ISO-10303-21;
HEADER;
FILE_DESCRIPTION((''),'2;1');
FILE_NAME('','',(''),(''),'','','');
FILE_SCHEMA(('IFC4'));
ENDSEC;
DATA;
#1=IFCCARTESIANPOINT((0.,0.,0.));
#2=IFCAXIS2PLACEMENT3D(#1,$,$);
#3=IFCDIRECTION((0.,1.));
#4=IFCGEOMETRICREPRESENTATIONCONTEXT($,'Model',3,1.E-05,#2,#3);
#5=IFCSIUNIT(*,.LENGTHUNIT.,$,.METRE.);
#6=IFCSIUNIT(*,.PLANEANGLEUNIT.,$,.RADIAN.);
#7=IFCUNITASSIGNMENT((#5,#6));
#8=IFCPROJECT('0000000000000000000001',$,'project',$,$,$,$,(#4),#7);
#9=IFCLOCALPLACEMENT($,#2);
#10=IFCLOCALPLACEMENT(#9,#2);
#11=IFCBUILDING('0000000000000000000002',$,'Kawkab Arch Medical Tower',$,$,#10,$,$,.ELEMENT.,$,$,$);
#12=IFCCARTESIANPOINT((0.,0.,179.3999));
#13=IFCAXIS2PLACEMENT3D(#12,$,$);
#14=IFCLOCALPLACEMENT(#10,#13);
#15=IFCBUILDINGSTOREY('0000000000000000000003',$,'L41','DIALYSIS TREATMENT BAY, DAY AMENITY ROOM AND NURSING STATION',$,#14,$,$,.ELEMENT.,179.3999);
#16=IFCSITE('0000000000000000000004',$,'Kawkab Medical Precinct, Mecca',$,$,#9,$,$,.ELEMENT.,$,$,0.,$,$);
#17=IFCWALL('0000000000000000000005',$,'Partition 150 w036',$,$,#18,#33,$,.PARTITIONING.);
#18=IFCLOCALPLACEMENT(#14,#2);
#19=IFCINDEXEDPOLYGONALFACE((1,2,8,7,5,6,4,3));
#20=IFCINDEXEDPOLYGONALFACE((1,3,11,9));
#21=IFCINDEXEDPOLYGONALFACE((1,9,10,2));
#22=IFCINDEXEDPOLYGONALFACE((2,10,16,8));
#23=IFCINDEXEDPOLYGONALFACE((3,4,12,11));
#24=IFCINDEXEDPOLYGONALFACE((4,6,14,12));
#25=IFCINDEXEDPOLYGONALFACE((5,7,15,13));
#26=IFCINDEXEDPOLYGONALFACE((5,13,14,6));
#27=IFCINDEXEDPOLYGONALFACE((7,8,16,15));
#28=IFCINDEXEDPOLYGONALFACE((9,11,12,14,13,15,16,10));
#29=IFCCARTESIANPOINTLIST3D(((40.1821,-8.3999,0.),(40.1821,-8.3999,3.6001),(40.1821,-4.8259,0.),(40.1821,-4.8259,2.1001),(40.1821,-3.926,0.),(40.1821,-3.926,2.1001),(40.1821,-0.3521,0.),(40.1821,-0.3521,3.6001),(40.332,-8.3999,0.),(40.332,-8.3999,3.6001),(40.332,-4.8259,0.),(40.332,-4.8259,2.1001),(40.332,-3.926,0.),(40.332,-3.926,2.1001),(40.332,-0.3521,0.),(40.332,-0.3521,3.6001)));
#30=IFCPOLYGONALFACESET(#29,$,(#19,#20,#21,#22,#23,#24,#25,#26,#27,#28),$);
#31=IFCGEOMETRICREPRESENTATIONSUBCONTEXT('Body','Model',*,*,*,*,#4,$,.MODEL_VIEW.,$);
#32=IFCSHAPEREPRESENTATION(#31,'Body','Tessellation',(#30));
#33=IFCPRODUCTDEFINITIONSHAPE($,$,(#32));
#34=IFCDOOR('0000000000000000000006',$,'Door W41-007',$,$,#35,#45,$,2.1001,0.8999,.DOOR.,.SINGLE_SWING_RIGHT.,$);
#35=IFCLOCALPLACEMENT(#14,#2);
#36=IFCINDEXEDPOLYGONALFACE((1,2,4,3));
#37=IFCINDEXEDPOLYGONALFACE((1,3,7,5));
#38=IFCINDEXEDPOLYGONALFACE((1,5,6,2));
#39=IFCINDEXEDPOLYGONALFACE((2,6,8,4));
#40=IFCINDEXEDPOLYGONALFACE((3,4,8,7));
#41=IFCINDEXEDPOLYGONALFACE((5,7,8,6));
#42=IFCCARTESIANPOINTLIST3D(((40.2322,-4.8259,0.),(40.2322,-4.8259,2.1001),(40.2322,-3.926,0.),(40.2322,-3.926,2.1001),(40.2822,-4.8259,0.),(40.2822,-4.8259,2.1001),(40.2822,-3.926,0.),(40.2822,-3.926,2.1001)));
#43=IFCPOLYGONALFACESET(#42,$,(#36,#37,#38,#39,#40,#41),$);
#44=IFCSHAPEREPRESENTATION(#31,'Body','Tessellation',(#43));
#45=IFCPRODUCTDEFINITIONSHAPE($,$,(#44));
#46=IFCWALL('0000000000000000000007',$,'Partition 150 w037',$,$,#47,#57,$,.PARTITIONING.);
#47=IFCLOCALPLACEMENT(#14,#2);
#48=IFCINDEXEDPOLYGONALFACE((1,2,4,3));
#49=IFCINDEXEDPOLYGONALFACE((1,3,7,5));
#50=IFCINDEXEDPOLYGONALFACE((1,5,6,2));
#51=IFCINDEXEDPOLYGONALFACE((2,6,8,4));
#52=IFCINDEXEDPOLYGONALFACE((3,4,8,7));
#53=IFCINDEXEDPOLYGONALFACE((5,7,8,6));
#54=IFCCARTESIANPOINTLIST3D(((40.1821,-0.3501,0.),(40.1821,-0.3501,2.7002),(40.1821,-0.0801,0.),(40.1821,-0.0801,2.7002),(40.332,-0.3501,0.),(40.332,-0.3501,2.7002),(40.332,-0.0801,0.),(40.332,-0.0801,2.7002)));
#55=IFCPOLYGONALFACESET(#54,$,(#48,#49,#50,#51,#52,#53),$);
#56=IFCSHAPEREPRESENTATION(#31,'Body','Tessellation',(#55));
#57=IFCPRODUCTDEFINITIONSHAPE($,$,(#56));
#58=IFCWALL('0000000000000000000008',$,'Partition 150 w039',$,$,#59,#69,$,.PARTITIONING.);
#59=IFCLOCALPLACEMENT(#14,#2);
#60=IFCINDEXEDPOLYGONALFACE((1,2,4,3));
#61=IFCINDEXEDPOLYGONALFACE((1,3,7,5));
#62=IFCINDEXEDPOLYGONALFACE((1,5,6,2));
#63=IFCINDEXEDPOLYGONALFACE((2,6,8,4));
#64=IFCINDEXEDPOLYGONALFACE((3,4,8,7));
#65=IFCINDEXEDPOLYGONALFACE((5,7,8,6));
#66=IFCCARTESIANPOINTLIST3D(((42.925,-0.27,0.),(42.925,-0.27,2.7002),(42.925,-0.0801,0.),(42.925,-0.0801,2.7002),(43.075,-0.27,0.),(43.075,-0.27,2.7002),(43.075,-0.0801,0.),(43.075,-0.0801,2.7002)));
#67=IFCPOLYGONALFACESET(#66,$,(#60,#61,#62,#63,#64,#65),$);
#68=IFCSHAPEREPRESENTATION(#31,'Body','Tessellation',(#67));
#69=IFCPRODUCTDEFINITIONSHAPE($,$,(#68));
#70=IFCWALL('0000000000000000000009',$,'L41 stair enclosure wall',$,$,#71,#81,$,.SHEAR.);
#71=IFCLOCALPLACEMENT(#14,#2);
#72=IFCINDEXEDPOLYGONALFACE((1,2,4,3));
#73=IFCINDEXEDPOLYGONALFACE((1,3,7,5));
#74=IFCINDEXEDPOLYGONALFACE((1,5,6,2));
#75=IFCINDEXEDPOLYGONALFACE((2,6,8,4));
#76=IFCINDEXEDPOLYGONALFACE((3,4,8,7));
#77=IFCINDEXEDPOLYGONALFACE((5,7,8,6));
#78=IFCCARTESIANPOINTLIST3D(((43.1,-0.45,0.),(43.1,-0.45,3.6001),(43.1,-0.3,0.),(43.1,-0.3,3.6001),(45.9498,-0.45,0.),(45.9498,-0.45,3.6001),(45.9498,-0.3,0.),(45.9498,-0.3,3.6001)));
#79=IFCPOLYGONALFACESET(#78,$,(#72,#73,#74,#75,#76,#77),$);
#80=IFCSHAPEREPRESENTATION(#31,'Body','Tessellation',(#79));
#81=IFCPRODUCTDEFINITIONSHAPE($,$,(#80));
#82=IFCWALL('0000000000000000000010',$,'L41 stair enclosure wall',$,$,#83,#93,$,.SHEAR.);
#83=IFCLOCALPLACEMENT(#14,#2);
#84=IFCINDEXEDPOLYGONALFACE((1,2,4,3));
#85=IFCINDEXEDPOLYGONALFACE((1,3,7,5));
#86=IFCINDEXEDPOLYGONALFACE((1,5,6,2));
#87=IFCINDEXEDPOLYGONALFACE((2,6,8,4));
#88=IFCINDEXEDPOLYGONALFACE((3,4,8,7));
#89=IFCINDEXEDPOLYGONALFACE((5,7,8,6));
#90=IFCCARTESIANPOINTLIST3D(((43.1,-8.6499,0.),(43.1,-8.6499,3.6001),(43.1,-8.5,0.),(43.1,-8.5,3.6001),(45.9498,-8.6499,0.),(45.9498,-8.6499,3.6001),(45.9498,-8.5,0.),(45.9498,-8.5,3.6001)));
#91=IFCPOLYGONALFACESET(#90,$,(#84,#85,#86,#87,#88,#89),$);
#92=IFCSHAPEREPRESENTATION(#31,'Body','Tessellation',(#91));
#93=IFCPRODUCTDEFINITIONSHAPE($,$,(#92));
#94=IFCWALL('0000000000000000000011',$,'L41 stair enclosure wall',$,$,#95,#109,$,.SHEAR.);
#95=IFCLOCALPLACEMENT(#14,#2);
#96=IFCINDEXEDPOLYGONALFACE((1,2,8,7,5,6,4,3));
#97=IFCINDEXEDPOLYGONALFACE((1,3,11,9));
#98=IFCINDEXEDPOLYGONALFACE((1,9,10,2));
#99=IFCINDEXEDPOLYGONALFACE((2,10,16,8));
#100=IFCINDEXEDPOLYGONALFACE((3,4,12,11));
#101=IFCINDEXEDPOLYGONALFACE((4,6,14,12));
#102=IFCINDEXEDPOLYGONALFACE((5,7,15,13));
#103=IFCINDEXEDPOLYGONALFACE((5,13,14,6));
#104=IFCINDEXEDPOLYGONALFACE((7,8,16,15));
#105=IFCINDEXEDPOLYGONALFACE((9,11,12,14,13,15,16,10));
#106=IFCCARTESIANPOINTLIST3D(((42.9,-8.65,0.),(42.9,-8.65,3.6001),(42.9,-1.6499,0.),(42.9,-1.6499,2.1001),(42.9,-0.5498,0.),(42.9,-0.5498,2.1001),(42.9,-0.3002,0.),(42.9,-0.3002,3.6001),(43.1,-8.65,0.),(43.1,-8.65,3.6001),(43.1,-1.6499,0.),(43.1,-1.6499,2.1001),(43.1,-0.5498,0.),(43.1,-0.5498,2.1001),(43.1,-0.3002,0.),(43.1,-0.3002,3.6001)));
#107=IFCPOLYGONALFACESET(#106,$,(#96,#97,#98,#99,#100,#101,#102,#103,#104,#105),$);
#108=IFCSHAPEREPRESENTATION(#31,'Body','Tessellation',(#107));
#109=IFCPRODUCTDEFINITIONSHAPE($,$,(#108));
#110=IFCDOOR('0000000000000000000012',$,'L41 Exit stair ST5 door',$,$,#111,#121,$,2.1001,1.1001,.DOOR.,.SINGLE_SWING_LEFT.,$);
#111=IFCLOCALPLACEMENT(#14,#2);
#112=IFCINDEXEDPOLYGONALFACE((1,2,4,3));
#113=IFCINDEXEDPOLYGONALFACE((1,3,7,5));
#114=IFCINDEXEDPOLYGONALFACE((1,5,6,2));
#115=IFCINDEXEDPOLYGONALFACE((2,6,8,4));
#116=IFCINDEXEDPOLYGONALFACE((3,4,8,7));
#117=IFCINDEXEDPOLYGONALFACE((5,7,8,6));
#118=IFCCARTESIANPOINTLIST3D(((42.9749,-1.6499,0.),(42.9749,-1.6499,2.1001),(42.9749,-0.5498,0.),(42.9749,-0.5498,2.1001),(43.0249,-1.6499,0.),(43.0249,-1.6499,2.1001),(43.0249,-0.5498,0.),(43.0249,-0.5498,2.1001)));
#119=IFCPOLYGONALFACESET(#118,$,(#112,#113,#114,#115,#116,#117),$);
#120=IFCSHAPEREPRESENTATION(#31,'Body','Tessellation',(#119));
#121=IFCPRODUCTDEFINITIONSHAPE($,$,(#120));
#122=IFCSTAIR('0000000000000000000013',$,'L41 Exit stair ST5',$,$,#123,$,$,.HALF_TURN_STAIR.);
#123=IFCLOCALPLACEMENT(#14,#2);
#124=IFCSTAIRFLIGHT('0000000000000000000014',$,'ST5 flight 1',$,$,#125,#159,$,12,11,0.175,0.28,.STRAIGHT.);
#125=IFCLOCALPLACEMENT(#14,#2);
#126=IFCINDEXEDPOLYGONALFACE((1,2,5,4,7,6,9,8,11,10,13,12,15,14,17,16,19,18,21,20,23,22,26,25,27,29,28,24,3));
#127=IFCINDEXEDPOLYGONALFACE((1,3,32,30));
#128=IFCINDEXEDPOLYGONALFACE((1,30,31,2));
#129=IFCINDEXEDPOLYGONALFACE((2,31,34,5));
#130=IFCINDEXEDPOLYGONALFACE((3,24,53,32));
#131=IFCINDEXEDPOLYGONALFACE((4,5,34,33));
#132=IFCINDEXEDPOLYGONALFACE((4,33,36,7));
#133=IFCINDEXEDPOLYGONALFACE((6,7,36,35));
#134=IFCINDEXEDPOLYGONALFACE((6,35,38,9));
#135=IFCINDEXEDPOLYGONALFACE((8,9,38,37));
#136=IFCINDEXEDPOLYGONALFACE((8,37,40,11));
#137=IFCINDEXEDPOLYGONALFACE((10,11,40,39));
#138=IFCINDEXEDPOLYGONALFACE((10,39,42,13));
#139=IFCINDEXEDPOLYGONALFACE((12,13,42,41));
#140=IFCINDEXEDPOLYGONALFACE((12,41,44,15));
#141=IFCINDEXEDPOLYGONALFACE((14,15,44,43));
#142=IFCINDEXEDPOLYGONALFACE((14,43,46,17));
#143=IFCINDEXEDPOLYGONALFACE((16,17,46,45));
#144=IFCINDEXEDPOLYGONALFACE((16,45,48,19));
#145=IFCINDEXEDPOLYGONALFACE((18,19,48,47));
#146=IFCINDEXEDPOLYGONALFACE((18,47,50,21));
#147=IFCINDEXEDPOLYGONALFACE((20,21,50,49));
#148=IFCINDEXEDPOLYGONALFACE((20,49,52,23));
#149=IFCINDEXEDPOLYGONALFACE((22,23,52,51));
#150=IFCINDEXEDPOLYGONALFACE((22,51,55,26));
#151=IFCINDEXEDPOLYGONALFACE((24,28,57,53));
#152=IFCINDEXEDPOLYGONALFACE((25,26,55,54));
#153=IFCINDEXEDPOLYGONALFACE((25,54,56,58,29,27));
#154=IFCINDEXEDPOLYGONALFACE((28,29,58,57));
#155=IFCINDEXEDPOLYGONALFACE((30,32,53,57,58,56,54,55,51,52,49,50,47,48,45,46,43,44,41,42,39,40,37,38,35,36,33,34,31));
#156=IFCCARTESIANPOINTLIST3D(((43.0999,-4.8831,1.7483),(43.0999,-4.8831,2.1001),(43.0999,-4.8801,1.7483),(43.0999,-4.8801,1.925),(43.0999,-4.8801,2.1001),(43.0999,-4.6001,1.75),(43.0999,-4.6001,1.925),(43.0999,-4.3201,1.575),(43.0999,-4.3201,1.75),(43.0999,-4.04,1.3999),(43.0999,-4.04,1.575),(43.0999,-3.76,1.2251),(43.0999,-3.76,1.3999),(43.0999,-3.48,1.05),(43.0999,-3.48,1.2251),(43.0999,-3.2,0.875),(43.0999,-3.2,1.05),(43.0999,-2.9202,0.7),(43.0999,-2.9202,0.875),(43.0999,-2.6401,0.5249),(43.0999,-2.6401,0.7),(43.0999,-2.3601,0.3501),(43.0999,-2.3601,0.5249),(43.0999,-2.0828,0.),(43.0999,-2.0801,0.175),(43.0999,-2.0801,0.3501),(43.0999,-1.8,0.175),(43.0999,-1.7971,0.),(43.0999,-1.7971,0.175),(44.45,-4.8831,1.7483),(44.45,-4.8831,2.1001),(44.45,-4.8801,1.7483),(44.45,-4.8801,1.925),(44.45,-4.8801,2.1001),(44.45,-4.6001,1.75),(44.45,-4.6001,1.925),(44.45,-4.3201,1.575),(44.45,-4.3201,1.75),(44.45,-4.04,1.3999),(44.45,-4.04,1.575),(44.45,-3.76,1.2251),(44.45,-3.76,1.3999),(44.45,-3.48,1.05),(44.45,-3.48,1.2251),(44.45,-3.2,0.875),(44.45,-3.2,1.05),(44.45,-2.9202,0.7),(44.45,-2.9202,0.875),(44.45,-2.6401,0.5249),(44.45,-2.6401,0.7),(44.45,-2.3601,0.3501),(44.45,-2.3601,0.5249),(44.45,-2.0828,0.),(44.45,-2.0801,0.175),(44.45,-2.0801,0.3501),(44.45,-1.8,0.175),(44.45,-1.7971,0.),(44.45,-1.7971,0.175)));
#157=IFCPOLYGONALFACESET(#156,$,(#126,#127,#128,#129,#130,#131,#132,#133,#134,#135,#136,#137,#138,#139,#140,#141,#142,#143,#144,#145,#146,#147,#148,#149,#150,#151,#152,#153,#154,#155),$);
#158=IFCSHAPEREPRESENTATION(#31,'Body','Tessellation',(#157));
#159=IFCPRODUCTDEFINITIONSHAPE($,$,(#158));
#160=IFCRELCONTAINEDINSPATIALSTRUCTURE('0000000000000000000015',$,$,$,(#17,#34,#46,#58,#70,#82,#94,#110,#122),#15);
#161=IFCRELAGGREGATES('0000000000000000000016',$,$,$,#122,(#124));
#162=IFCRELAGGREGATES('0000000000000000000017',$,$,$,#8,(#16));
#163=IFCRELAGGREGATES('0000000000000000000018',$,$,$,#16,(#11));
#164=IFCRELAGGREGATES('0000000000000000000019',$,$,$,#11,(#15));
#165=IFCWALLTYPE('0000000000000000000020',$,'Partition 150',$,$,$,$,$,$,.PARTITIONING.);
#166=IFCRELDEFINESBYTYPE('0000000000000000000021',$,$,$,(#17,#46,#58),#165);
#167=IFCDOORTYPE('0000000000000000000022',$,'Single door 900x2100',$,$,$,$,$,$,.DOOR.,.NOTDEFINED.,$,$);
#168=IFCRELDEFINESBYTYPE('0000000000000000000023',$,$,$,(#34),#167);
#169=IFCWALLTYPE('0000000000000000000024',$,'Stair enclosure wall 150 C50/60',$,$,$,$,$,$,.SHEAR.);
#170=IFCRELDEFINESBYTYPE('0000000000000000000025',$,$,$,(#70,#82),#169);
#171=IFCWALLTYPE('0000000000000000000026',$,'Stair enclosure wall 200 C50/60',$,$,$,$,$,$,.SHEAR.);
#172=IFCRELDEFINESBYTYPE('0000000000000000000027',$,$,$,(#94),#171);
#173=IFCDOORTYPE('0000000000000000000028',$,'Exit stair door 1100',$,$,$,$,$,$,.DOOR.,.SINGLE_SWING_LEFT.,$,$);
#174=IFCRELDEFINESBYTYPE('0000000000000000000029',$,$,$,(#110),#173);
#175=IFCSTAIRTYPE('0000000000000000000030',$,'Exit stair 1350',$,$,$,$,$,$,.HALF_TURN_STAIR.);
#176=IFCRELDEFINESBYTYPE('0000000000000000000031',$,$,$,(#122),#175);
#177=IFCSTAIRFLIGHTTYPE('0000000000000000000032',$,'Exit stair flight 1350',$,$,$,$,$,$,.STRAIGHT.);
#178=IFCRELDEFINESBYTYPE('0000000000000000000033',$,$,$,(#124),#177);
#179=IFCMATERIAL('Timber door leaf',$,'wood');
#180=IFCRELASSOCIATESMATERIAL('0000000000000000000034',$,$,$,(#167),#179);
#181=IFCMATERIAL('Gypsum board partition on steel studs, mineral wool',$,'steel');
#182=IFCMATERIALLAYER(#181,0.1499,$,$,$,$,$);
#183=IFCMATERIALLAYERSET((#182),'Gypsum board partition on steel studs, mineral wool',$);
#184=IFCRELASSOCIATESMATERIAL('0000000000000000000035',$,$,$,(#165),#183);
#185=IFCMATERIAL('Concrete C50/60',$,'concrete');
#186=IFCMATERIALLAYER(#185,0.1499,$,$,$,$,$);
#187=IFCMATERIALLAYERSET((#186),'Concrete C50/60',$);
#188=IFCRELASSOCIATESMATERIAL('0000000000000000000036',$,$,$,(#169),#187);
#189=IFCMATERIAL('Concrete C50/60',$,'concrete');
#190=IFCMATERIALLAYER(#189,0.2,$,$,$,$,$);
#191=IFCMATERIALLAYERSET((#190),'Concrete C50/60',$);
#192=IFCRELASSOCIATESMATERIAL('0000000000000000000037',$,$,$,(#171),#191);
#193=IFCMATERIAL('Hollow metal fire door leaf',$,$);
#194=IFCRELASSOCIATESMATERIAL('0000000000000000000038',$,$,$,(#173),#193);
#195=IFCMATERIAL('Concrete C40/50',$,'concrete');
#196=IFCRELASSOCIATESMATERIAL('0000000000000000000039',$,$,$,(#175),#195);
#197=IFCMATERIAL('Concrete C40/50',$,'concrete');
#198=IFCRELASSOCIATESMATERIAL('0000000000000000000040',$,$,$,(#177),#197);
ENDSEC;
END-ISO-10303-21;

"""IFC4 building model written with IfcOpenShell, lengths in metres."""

from ifc_helpers import new_model, si_unit, direction, frame, frame_2d, origin, place, context, subcontext, project, spatial, polyline, rectangle, outline, extrude, material, layer, layer_set, type_object, element, fill, aggregate, save


model = new_model("IFC4")

# Units and contexts
model_context = context("Model", 3, precision=1e-05, world=origin(), true_north=direction((0.0, 1.0)))
body_context = subcontext(model_context, "Body", "Model", "MODEL_VIEW")
ifc_project = project(units=[si_unit("LENGTHUNIT", "METRE"), si_unit("PLANEANGLEUNIT", "RADIAN")], contexts=[model_context])

# Site, building, storey
site_placement = place(None, origin())
site = spatial("IfcSite", under=ifc_project, at=site_placement, Name="Kawkab Medical Precinct, Mecca", CompositionType="ELEMENT", RefElevation=0.0)
building_placement = place(site_placement, origin())
building = spatial("IfcBuilding", under=site, at=building_placement, Name="Kawkab Arch Medical Tower", CompositionType="ELEMENT")
storey_placement = place(building_placement, frame((0.0, 0.0, 179.3999)))
storey = spatial("IfcBuildingStorey", under=building, at=storey_placement, Name="L41", Description="DIALYSIS TREATMENT BAY, DAY AMENITY ROOM AND NURSING STATION", CompositionType="ELEMENT", Elevation=179.3999)

# Shared definitions
placement = place(storey_placement, origin())

# Shared definitions
ifc_material_1 = material(Name="Timber door leaf", Category="wood")
door_type_1 = type_object("IfcDoorType", Name="Single door 900x2100", OperationType="NOTDEFINED", PredefinedType="DOOR", material=ifc_material_1)

# Shared definitions
ifc_material_2 = material(Name="Gypsum board partition on steel studs, mineral wool", Category="steel")
ifc_layer_1 = layer(ifc_material_2, 0.1499)
ifc_layer_set_1 = layer_set([ifc_layer_1], Name="Gypsum board partition on steel studs, mineral wool")
wall_type_1 = type_object("IfcWallType", Name="Partition 150", PredefinedType="PARTITIONING", material=ifc_layer_set_1)

# Wall, opening, door
wall_1_placement = place(storey_placement, frame((40.2571, -8.3999, 0.0), z_axis=(0.0, 0.0, 1.0), x_axis=(0.0, 1.0, 0.0)))
wall_1 = element("IfcWall", 1, at=wall_1_placement, inside=storey, type_object=wall_type_1, Name="Partition 150 w036", PredefinedType="PARTITIONING", context=body_context, shape_type="SweptSolid", body=[
    extrude(rectangle(XDim=8.0479, YDim=0.1499, at=frame_2d((4.0239, 0.0))), origin(), (0.0, 0.0, 1.0), 3.6001),
])
opening_1_placement = place(wall_1_placement, frame((3.574, 0.0, 0.0)))
opening_1 = element("IfcOpeningElement", 2, at=opening_1_placement, cuts=wall_1, PredefinedType="OPENING", context=body_context, shape_type="SweptSolid", body=[
    extrude(rectangle(XDim=0.8999, YDim=2.1001, at=frame_2d((0.45, 1.05))), frame((0.0, 0.085, 0.0), z_axis=(0.0, -1.0, 0.0), x_axis=(1.0, 0.0, 0.0)), (0.0, 0.0, 1.0), 0.1699),
])
door_1_placement = place(opening_1_placement, origin())
door_1 = element("IfcDoor", 3, at=door_1_placement, inside=storey, type_object=door_type_1, Name="Door W41-007", OperationType="SINGLE_SWING_RIGHT", OverallHeight=2.1001, OverallWidth=0.8999, PredefinedType="DOOR", context=body_context, shape_type="SweptSolid", body=[
    extrude(rectangle(XDim=0.8999, YDim=2.1001, at=frame_2d((0.45, 1.05))), frame((0.0, 0.0249, 0.0), z_axis=(0.0, -1.0, 0.0), x_axis=(1.0, 0.0, 0.0)), (0.0, 0.0, 1.0), 0.05),
])
fill(opening_1, door_1)

# Walls
wall_2_placement = place(storey_placement, frame((40.2571, -0.3501, 0.0), z_axis=(0.0, 0.0, 1.0), x_axis=(0.0, 1.0, 0.0)))
element("IfcWall", 4, at=wall_2_placement, inside=storey, type_object=wall_type_1, Name="Partition 150 w037", PredefinedType="PARTITIONING", context=body_context, shape_type="SweptSolid", body=[
    extrude(rectangle(XDim=0.27, YDim=0.1499, at=frame_2d((0.135, 0.0))), origin(), (0.0, 0.0, 1.0), 2.7002),
])
wall_3_placement = place(storey_placement, frame((43.0, -0.27, 0.0), z_axis=(0.0, 0.0, 1.0), x_axis=(0.0, 1.0, 0.0)))
element("IfcWall", 5, at=wall_3_placement, inside=storey, type_object=wall_type_1, Name="Partition 150 w039", PredefinedType="PARTITIONING", context=body_context, shape_type="SweptSolid", body=[
    extrude(rectangle(XDim=0.1899, YDim=0.1499, at=frame_2d((0.095, 0.0))), origin(), (0.0, 0.0, 1.0), 2.7002),
])
ifc_material_3 = material(Name="Concrete C50/60", Category="concrete")
ifc_layer_2 = layer(ifc_material_3, 0.1499)
ifc_layer_set_2 = layer_set([ifc_layer_2], Name="Concrete C50/60")
wall_type_2 = type_object("IfcWallType", Name="Stair enclosure wall 150 C50/60", PredefinedType="SHEAR", material=ifc_layer_set_2)
for number, where, z_axis, x_axis, name in (
    (6, (43.1001, -0.375, 0.0), (0.0, 0.0, 1.0), (1.0, 0.0, 0.0), "L41 stair enclosure wall"),
    (7, (43.1001, -8.575, 0.0), (0.0, 0.0, 1.0), (1.0, 0.0, 0.0), "L41 stair enclosure wall"),
):
    element("IfcWall", number, at=place(storey_placement, frame(where, z_axis=z_axis, x_axis=x_axis)), inside=storey, type_object=wall_type_2, Name=name, PredefinedType="SHEAR", context=body_context, shape_type="SweptSolid", body=[
        extrude(rectangle(XDim=2.8499, YDim=0.1499, at=frame_2d((1.4248, 0.0))), origin(), (0.0, 0.0, 1.0), 3.6001),
    ])

# Wall, opening, door
ifc_material_4 = material(Name="Concrete C50/60", Category="concrete")
ifc_layer_3 = layer(ifc_material_4, 0.2)
ifc_layer_set_3 = layer_set([ifc_layer_3], Name="Concrete C50/60")
wall_type_3 = type_object("IfcWallType", Name="Stair enclosure wall 200 C50/60", PredefinedType="SHEAR", material=ifc_layer_set_3)
wall_4_placement = place(storey_placement, frame((43.0, -8.6499, 0.0), z_axis=(0.0, 0.0, 1.0), x_axis=(0.0, 1.0, 0.0)))
wall_4 = element("IfcWall", 8, at=wall_4_placement, inside=storey, type_object=wall_type_3, Name="L41 stair enclosure wall", PredefinedType="SHEAR", context=body_context, shape_type="SweptSolid", body=[
    extrude(rectangle(XDim=8.3499, YDim=0.2, at=frame_2d((4.1748, 0.0))), origin(), (0.0, 0.0, 1.0), 3.6001),
])
opening_2_placement = place(wall_4_placement, frame((7.0, 0.0, 0.0)))
opening_2 = element("IfcOpeningElement", 9, at=opening_2_placement, cuts=wall_4, PredefinedType="OPENING", context=body_context, shape_type="SweptSolid", body=[
    extrude(rectangle(XDim=1.1001, YDim=2.1001, at=frame_2d((0.55, 1.05))), frame((0.0, 0.1099, 0.0), z_axis=(0.0, -1.0, 0.0), x_axis=(1.0, 0.0, 0.0)), (0.0, 0.0, 1.0), 0.22),
])
ifc_material_5 = material(Name="Hollow metal fire door leaf")
door_type_2 = type_object("IfcDoorType", Name="Exit stair door 1100", OperationType="SINGLE_SWING_LEFT", PredefinedType="DOOR", material=ifc_material_5)
door_2_placement = place(opening_2_placement, frame((1.1001, 0.0, 0.0), z_axis=(0.0, 0.0, 1.0), x_axis=(-1.0, 0.0, 0.0)))
door_2 = element("IfcDoor", 10, at=door_2_placement, inside=storey, type_object=door_type_2, Name="L41 Exit stair ST5 door", OperationType="SINGLE_SWING_LEFT", OverallHeight=2.1001, OverallWidth=1.1001, PredefinedType="DOOR", context=body_context, shape_type="SweptSolid", body=[
    extrude(rectangle(XDim=1.1001, YDim=2.1001, at=frame_2d((0.55, 1.05))), frame((0.0, 0.0249, 0.0), z_axis=(0.0, -1.0, 0.0), x_axis=(1.0, 0.0, 0.0)), (0.0, 0.0, 1.0), 0.05),
])
fill(opening_2, door_2)

# Stair, stair flight
ifc_material_6 = material(Name="Concrete C40/50", Category="concrete")
stair_type = type_object("IfcStairType", Name="Exit stair 1350", PredefinedType="HALF_TURN_STAIR", material=ifc_material_6)
stair = element("IfcStair", 11, at=placement, inside=storey, type_object=stair_type, Name="L41 Exit stair ST5", PredefinedType="HALF_TURN_STAIR")
ifc_material_7 = material(Name="Concrete C40/50", Category="concrete")
stair_flight_type = type_object("IfcStairFlightType", Name="Exit stair flight 1350", PredefinedType="STRAIGHT", material=ifc_material_7)
stair_flight_1_placement = place(storey_placement, frame((43.7749, -1.8, 0.0), z_axis=(0.0, 0.0, 1.0), x_axis=(0.0, -1.0, 0.0)))
stair_flight_1 = element("IfcStairFlight", 12, at=stair_flight_1_placement, type_object=stair_flight_type, Name="ST5 flight 1", NumberOfRisers=12, NumberOfTreads=11, PredefinedType="STRAIGHT", RiserHeight=0.175, TreadLength=0.28, context=body_context, shape_type="SweptSolid", body=[
    extrude(outline(polyline([(-0.0029, 0.0), (-0.0029, 0.175), (0.0, 0.175), (0.28, 0.175), (0.28, 0.3501), (0.5601, 0.3501), (0.5601, 0.5249), (0.8401, 0.5249), (0.8401, 0.7), (1.1201, 0.7), (1.1201, 0.875), (1.3999, 0.875), (1.3999, 1.05), (1.6799, 1.05), (1.6799, 1.2251), (1.96, 1.2251), (1.96, 1.3999), (2.24, 1.3999), (2.24, 1.575), (2.52, 1.575), (2.52, 1.75), (2.8, 1.75), (2.8, 1.925), (3.0801, 1.925), (3.0801, 2.1001), (3.083, 2.1001), (3.083, 1.7483), (3.0801, 1.7483), (0.2827, 0.0), (-0.0029, 0.0)])), frame((0.0, 0.675, 0.0), z_axis=(0.0, -1.0, 0.0), x_axis=(1.0, 0.0, 0.0)), (0.0, 0.0, 1.0), 1.3501),
])
aggregate(stair, [stair_flight_1])

save(model, "model.ifc")
